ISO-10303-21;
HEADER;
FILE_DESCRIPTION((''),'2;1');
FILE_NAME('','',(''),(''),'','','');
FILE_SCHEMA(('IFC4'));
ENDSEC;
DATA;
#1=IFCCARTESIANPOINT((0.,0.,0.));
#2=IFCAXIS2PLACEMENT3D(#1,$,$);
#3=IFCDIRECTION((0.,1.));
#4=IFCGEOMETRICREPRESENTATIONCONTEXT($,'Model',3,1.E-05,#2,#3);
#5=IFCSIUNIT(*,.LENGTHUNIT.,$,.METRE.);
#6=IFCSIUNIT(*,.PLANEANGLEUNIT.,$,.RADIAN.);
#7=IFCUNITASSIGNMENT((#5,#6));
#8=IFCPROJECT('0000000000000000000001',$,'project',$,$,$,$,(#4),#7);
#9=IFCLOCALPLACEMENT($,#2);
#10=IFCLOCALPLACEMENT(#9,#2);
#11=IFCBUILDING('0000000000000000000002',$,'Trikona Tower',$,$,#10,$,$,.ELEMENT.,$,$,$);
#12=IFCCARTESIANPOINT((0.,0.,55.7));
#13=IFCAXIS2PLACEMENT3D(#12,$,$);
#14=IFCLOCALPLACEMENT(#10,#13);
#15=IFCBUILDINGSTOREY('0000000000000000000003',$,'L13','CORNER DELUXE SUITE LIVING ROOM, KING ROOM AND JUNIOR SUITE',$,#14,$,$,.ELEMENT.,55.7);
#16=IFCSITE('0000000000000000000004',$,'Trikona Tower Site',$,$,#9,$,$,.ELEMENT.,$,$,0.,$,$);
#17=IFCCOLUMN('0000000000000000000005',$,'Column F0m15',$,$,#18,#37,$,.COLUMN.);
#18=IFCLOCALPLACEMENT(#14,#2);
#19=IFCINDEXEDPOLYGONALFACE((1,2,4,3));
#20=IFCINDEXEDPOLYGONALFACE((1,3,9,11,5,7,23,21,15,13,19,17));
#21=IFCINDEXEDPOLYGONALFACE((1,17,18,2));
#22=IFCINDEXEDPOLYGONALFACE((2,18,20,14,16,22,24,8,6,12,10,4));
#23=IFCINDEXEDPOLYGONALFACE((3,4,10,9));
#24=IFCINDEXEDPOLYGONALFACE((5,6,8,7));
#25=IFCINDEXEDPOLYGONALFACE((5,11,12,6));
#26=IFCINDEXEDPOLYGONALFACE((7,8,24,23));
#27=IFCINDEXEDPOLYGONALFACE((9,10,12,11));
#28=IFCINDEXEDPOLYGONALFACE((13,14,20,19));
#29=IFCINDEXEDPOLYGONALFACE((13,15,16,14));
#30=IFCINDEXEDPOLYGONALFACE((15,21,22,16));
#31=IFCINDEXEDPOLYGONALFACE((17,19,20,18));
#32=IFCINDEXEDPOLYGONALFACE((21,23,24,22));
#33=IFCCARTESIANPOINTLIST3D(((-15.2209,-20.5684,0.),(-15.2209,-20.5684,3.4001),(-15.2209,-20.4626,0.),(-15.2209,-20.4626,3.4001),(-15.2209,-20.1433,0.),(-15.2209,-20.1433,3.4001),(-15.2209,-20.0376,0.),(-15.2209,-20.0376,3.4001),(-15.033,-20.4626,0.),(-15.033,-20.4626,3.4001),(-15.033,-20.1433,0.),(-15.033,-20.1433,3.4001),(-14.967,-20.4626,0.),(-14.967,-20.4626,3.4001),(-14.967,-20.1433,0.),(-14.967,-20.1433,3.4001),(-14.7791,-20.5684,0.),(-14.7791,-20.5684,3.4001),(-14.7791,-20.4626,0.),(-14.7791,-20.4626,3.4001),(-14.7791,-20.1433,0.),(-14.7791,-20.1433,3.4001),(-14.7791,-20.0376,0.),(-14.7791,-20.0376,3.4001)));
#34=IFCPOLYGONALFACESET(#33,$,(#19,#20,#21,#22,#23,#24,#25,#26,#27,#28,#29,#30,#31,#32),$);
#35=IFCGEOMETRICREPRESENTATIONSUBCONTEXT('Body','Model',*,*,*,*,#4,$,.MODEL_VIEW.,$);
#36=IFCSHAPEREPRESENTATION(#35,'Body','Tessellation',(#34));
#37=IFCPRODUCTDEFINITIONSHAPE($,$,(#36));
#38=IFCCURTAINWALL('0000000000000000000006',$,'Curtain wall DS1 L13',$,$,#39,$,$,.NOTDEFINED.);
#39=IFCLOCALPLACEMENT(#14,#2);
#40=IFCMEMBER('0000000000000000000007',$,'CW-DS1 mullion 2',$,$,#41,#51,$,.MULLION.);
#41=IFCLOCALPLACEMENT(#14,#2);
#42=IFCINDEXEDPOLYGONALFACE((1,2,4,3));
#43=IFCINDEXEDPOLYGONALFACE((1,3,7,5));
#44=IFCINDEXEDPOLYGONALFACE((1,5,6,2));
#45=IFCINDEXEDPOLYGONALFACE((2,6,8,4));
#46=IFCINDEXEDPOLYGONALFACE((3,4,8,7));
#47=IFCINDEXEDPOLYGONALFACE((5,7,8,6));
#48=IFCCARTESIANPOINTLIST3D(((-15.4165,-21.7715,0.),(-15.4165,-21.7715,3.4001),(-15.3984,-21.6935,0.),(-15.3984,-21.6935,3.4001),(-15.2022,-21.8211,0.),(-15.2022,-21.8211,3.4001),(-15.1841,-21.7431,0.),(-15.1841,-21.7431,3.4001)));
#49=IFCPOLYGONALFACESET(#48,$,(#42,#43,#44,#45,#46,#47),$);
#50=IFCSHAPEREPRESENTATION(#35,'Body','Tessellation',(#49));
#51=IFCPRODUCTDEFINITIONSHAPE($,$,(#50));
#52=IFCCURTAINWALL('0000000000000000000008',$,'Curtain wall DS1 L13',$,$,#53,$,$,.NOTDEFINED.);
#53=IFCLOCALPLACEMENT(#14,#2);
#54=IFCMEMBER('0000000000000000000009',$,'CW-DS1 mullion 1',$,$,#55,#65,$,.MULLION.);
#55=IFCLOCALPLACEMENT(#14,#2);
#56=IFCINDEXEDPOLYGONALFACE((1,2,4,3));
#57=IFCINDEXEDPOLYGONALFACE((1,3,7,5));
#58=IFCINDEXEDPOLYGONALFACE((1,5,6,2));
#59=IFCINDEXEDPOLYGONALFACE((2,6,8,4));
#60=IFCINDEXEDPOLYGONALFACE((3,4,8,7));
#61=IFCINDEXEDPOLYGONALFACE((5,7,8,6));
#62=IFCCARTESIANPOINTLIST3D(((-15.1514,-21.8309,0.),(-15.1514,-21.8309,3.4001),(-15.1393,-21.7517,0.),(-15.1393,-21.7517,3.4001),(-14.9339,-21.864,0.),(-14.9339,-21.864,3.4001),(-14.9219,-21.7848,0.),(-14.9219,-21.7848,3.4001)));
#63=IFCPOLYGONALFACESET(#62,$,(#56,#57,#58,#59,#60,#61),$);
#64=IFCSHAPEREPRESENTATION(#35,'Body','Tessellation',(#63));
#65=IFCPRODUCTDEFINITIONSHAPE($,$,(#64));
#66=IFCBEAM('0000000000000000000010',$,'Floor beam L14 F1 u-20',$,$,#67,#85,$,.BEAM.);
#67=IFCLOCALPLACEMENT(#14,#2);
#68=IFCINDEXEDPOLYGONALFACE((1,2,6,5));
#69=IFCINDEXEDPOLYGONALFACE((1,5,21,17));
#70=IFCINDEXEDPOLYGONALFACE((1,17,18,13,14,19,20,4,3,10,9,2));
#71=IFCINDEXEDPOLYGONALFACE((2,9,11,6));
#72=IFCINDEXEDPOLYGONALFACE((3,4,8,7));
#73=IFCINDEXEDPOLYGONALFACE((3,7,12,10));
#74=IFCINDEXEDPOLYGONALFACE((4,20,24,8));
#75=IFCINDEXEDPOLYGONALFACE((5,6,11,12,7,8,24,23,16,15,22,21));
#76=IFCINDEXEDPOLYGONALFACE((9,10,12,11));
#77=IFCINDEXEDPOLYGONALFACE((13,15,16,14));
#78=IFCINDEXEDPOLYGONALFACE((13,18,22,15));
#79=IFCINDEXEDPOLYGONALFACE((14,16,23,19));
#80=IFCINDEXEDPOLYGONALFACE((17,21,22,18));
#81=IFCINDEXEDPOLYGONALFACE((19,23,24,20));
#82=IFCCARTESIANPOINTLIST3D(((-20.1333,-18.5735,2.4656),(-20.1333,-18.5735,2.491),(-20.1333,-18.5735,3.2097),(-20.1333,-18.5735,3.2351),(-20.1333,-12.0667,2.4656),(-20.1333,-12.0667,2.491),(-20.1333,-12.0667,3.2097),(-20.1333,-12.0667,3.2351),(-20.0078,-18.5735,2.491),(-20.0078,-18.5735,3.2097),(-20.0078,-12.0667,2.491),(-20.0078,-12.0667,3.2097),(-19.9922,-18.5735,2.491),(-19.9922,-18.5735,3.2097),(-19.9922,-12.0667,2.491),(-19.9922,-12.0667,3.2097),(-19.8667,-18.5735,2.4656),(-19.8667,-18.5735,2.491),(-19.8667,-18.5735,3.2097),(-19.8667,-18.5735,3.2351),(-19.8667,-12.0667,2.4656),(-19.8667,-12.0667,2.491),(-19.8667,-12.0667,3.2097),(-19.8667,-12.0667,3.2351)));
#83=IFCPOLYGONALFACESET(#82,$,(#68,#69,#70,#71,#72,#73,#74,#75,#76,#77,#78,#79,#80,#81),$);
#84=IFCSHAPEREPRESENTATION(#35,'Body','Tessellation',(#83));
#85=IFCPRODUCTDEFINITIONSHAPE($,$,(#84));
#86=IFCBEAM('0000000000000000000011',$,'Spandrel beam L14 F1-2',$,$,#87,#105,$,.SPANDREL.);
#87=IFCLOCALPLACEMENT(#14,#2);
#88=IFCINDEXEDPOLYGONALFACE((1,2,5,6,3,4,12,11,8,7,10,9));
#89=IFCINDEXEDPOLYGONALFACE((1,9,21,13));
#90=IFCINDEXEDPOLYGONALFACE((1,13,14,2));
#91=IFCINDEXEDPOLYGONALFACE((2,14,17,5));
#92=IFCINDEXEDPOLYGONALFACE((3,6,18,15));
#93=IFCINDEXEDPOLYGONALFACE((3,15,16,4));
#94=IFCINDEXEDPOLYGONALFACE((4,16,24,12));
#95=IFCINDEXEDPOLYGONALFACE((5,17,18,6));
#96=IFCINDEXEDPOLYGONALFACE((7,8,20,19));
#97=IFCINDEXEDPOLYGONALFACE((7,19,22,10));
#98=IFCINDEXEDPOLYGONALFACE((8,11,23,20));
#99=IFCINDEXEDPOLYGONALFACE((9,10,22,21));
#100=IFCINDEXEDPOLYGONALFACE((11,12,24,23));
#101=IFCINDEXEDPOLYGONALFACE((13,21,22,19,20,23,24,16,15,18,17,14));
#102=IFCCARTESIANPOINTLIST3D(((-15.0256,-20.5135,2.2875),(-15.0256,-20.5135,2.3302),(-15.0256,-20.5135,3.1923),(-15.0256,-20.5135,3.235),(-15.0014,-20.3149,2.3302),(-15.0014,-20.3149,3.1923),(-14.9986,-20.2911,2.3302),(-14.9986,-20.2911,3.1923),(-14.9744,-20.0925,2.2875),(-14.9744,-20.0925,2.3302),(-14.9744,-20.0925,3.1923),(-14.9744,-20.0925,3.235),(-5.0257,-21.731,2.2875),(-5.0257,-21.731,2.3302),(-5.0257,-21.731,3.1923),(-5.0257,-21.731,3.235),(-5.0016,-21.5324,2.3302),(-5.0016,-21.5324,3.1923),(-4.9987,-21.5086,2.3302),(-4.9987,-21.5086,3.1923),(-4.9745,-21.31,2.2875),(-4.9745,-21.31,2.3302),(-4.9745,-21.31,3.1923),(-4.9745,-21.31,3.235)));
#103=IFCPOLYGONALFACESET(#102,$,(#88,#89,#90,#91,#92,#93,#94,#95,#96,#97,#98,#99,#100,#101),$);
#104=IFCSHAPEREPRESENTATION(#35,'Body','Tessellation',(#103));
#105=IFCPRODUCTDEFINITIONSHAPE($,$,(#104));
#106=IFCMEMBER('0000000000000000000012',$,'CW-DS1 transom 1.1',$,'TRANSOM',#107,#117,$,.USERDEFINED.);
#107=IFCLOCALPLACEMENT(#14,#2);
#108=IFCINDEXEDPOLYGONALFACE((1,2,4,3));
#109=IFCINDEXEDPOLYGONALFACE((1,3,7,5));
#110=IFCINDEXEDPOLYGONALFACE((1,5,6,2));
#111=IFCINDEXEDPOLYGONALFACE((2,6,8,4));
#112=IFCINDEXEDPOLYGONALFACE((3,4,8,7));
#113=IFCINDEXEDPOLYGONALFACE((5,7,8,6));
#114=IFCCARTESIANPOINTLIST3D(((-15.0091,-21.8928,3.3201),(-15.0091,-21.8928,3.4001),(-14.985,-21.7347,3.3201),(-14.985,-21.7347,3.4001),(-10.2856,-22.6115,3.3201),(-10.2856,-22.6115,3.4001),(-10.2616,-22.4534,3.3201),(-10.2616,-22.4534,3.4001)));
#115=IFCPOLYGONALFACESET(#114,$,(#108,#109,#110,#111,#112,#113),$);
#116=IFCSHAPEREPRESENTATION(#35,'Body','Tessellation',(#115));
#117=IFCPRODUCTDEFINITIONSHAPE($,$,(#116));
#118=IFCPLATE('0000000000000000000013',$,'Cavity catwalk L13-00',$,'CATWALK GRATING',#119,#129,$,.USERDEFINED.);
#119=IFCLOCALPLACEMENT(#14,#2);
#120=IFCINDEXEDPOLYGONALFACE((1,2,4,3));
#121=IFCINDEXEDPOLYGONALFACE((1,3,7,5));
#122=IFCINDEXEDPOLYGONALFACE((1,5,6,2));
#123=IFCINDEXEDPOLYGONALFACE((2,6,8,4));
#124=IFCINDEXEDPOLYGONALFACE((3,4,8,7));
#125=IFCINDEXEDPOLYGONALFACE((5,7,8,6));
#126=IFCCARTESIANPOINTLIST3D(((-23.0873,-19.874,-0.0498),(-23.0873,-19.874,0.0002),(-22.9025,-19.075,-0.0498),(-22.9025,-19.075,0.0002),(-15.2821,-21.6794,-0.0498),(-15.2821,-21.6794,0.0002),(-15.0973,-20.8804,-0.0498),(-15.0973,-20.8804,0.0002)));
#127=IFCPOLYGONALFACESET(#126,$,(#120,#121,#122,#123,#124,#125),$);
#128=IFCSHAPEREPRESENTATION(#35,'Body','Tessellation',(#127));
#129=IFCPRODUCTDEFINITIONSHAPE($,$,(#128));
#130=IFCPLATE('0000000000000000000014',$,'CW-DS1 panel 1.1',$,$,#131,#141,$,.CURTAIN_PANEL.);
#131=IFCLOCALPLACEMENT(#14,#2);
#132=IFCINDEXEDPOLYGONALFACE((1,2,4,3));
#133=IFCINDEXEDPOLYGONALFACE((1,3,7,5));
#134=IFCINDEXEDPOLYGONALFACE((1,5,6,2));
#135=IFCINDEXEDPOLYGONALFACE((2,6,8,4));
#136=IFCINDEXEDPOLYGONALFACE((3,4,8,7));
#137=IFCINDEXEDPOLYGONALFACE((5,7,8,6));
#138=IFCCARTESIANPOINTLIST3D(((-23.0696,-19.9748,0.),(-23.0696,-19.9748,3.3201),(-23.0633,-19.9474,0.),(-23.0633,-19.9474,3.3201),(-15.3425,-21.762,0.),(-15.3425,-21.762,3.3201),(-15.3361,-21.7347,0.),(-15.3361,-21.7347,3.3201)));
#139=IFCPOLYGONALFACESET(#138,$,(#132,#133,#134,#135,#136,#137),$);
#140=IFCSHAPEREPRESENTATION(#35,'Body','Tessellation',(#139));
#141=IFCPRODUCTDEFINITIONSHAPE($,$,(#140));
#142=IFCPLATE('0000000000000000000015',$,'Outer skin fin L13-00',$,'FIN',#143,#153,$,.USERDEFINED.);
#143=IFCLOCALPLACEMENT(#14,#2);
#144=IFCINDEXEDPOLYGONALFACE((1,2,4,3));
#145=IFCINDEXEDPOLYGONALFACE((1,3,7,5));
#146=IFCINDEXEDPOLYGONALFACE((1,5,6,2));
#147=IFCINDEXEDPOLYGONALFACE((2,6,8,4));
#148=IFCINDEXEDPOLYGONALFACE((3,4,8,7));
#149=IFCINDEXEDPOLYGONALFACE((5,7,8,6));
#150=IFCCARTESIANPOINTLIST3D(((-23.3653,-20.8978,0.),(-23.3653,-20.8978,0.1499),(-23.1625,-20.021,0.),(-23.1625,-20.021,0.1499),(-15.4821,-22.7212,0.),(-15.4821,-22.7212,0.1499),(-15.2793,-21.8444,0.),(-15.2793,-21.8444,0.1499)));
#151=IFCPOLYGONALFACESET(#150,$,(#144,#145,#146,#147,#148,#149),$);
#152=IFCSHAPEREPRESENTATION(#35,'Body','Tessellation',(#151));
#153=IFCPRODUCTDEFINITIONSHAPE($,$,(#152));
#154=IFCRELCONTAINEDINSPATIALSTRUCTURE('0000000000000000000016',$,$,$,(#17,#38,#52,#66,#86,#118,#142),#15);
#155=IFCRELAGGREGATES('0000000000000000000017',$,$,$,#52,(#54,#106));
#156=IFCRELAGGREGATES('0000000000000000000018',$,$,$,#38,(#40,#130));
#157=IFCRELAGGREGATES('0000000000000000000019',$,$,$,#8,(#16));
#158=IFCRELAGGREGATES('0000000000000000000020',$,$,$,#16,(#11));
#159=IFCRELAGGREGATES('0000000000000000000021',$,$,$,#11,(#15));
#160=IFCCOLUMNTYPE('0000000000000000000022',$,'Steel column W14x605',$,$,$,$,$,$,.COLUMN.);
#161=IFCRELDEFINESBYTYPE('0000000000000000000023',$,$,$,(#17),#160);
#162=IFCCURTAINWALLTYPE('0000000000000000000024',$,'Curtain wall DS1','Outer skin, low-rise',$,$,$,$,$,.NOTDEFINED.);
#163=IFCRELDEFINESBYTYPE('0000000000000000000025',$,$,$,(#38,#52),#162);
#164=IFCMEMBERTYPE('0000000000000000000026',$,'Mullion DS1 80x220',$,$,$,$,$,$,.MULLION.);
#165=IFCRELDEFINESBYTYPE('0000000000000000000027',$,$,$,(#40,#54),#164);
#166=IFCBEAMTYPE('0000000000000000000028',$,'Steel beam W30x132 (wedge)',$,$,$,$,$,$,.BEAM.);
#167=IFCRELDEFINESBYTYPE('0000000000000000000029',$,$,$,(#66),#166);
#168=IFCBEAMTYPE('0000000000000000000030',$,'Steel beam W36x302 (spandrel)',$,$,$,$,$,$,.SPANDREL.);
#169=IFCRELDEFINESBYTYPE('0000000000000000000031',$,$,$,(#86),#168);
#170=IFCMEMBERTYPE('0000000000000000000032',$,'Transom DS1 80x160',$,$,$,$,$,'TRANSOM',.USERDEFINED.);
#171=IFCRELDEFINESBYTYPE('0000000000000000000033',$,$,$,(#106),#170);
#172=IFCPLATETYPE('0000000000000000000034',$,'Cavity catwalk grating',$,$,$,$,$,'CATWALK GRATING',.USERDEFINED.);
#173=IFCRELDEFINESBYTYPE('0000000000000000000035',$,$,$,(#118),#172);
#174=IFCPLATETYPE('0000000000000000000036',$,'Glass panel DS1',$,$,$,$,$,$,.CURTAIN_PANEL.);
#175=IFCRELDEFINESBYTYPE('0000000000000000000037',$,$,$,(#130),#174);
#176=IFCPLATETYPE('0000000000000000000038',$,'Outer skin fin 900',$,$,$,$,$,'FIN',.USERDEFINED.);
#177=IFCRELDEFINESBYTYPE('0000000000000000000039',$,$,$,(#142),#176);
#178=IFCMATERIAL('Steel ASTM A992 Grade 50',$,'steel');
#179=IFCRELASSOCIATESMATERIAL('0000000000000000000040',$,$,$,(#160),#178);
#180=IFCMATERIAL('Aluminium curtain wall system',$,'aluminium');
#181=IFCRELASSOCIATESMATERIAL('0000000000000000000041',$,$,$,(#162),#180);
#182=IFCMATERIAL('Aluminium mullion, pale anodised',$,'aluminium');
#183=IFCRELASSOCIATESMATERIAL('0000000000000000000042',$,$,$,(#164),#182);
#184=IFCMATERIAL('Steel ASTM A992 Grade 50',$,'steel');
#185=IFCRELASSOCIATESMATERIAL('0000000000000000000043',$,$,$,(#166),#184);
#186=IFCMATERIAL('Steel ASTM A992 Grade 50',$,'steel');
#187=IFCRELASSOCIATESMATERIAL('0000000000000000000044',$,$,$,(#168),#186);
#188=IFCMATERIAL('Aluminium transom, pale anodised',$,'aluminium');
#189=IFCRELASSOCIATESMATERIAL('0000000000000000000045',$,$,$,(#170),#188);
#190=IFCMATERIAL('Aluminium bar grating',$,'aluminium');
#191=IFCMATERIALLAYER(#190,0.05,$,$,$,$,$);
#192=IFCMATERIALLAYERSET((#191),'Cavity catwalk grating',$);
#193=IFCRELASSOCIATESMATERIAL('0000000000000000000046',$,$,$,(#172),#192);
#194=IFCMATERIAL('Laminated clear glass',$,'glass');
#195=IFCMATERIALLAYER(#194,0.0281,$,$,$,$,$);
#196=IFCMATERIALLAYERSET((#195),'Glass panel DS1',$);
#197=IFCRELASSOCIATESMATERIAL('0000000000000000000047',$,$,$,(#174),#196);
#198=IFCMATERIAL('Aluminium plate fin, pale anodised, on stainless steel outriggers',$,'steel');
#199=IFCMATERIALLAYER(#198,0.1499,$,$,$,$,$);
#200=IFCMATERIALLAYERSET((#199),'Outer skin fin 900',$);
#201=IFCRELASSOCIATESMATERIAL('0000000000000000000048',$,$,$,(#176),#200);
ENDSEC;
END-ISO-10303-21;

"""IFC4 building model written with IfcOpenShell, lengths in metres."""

from ifc_helpers import new_model, si_unit, direction, frame, origin, origin_2d, place, context, subcontext, project, spatial, rectangle, i_section, extrude, material, layer, layer_set, material_profile, profile_set, type_object, element, aggregate, save


model = new_model("IFC4")

# Units and contexts
model_context = context("Model", 3, precision=1e-05, world=origin(), true_north=direction((0.0, 1.0)))
body_context = subcontext(model_context, "Body", "Model", "MODEL_VIEW")
ifc_project = project(units=[si_unit("LENGTHUNIT", "METRE"), si_unit("PLANEANGLEUNIT", "RADIAN")], contexts=[model_context])

# Site, building, storey
site_placement = place(None, origin())
site = spatial("IfcSite", under=ifc_project, at=site_placement, Name="Trikona Tower Site", CompositionType="ELEMENT", RefElevation=0.0)
building_placement = place(site_placement, origin())
building = spatial("IfcBuilding", under=site, at=building_placement, Name="Trikona Tower", CompositionType="ELEMENT")
storey_placement = place(building_placement, frame((0.0, 0.0, 55.7)))
storey = spatial("IfcBuildingStorey", under=building, at=storey_placement, Name="L13", Description="CORNER DELUXE SUITE LIVING ROOM, KING ROOM AND JUNIOR SUITE", CompositionType="ELEMENT", Elevation=55.7)

# Column
ifc_material_1 = material(Name="Steel ASTM A992 Grade 50", Category="steel")
ifc_material_profile_1 = material_profile(ifc_material_1, i_section(OverallWidth=0.4419, OverallDepth=0.5308, WebThickness=0.0659, FlangeThickness=0.1057, at=origin_2d()), Name="W14X605")
ifc_profile_set_1 = profile_set([ifc_material_profile_1], Name="Steel ASTM A992 Grade 50")
column_type = type_object("IfcColumnType", Name="Steel column W14x605", PredefinedType="COLUMN", material=ifc_profile_set_1)
column_placement = place(storey_placement, frame((-15.0, -20.303, 0.0), z_axis=(0.0, 0.0, 1.0), x_axis=(1.0, 0.0, 0.0)))
element("IfcColumn", 1, at=column_placement, inside=storey, type_object=column_type, Name="Column F0m15", PredefinedType="COLUMN", context=body_context, shape_type="SweptSolid", body=[
    extrude(i_section(OverallWidth=0.4419, OverallDepth=0.5308, WebThickness=0.0659, FlangeThickness=0.1057, at=origin_2d()), origin(), (0.0, 0.0, 1.0), 3.4001),
])

# Curtain walls, members
ifc_material_2 = material(Name="Aluminium curtain wall system", Category="aluminium")
curtain_wall_type = type_object("IfcCurtainWallType", Name="Curtain wall DS1", Description="Outer skin, low-rise", PredefinedType="NOTDEFINED", material=ifc_material_2)
curtain_wall_1_placement = place(storey_placement, origin())
curtain_wall_1 = element("IfcCurtainWall", 2, at=curtain_wall_1_placement, inside=storey, type_object=curtain_wall_type, Name="Curtain wall DS1 L13", PredefinedType="NOTDEFINED")
ifc_material_3 = material(Name="Aluminium mullion, pale anodised", Category="aluminium")
ifc_material_profile_2 = material_profile(ifc_material_3, rectangle(XDim=0.0801, YDim=0.22, at=origin_2d()), Name="MUL-DS1")
ifc_profile_set_2 = profile_set([ifc_material_profile_2], Name="Aluminium mullion, pale anodised")
member_type_1 = type_object("IfcMemberType", Name="Mullion DS1 80x220", PredefinedType="MULLION", material=ifc_profile_set_2)
member_1_placement = place(storey_placement, frame((-15.3003, -21.7573, 0.0), z_axis=(0.0, 0.0, 1.0), x_axis=(0.225343, 0.974279, 0.0)))
member_1 = element("IfcMember", 3, at=member_1_placement, type_object=member_type_1, Name="CW-DS1 mullion 2", PredefinedType="MULLION", context=body_context, shape_type="SweptSolid", body=[
    extrude(rectangle(XDim=0.0801, YDim=0.22, at=origin_2d()), origin(), (0.0, 0.0, 1.0), 3.4001),
])
curtain_wall_2_placement = place(storey_placement, origin())
curtain_wall_2 = element("IfcCurtainWall", 4, at=curtain_wall_2_placement, inside=storey, type_object=curtain_wall_type, Name="Curtain wall DS1 L13", PredefinedType="NOTDEFINED")
member_2_placement = place(storey_placement, frame((-15.0366, -21.8079, 0.0), z_axis=(0.0, 0.0, 1.0), x_axis=(0.150438, 0.988619, 0.0)))
member_2 = element("IfcMember", 5, at=member_2_placement, type_object=member_type_1, Name="CW-DS1 mullion 1", PredefinedType="MULLION", context=body_context, shape_type="SweptSolid", body=[
    extrude(rectangle(XDim=0.0801, YDim=0.22, at=origin_2d()), origin(), (0.0, 0.0, 1.0), 3.4001),
])

# Beams
ifc_material_4 = material(Name="Steel ASTM A992 Grade 50", Category="steel")
ifc_material_profile_3 = material_profile(ifc_material_4, i_section(OverallWidth=0.2666, OverallDepth=0.7695, WebThickness=0.0156, FlangeThickness=0.0254, at=origin_2d()), Name="W30X132")
ifc_profile_set_3 = profile_set([ifc_material_profile_3], Name="Steel ASTM A992 Grade 50")
beam_type_1 = type_object("IfcBeamType", Name="Steel beam W30x132 (wedge)", PredefinedType="BEAM", material=ifc_profile_set_3)
beam_1_placement = place(storey_placement, frame((-20.0, -12.0667, 2.8503), z_axis=(0.0, -1.0, 0.0), x_axis=(1.0, 0.0, 0.0)))
element("IfcBeam", 6, at=beam_1_placement, inside=storey, type_object=beam_type_1, Name="Floor beam L14 F1 u-20", PredefinedType="BEAM", context=body_context, shape_type="SweptSolid", body=[
    extrude(i_section(OverallWidth=0.2666, OverallDepth=0.7695, WebThickness=0.0156, FlangeThickness=0.0254, at=origin_2d()), origin(), (0.0, 0.0, 1.0), 6.5068),
])
ifc_material_5 = material(Name="Steel ASTM A992 Grade 50", Category="steel")
ifc_material_profile_4 = material_profile(ifc_material_5, i_section(OverallWidth=0.4241, OverallDepth=0.9475, WebThickness=0.0239, FlangeThickness=0.0427, at=origin_2d()), Name="W36X302")
ifc_profile_set_4 = profile_set([ifc_material_profile_4], Name="Steel ASTM A992 Grade 50")
beam_type_2 = type_object("IfcBeamType", Name="Steel beam W36x302 (spandrel)", PredefinedType="SPANDREL", material=ifc_profile_set_4)
beam_2_placement = place(storey_placement, frame((-15.0, -20.303, 2.7612), z_axis=(0.99267, -0.12086, 0.0), x_axis=(0.12086, 0.99267, 0.0)))
element("IfcBeam", 7, at=beam_2_placement, inside=storey, type_object=beam_type_2, Name="Spandrel beam L14 F1-2", PredefinedType="SPANDREL", context=body_context, shape_type="SweptSolid", body=[
    extrude(i_section(OverallWidth=0.4241, OverallDepth=0.9475, WebThickness=0.0239, FlangeThickness=0.0427, at=origin_2d()), origin(), (0.0, 0.0, 1.0), 10.0737),
])

# Member
ifc_material_6 = material(Name="Aluminium transom, pale anodised", Category="aluminium")
ifc_material_profile_5 = material_profile(ifc_material_6, rectangle(XDim=0.1599, YDim=0.0801, at=origin_2d()), Name="TRN-DS1")
ifc_profile_set_5 = profile_set([ifc_material_profile_5], Name="Aluminium transom, pale anodised")
member_type_2 = type_object("IfcMemberType", Name="Transom DS1 80x160", ElementType="TRANSOM", PredefinedType="USERDEFINED", material=ifc_profile_set_5)
member_3_placement = place(storey_placement, frame((-14.9971, -21.8137, 3.3601), z_axis=(0.98862, -0.150437, 0.0), x_axis=(0.150437, 0.98862, 0.0)))
member_3 = element("IfcMember", 8, at=member_3_placement, type_object=member_type_2, Name="CW-DS1 transom 1.1", ObjectType="TRANSOM", PredefinedType="USERDEFINED", context=body_context, shape_type="SweptSolid", body=[
    extrude(rectangle(XDim=0.1599, YDim=0.0801, at=origin_2d()), origin(), (0.0, 0.0, 1.0), 4.7778),
])
aggregate(curtain_wall_2, [member_2, member_3])

# Plates
ifc_material_7 = material(Name="Aluminium bar grating", Category="aluminium")
ifc_layer_1 = layer(ifc_material_7, 0.05)
ifc_layer_set_1 = layer_set([ifc_layer_1], Name="Cavity catwalk grating")
plate_type_1 = type_object("IfcPlateType", Name="Cavity catwalk grating", ElementType="CATWALK GRATING", PredefinedType="USERDEFINED", material=ifc_layer_set_1)
plate_1_placement = place(storey_placement, frame((-19.0923, -20.3772, -0.0498), z_axis=(0.0, 0.0, 1.0), x_axis=(0.974278, -0.225351, 0.0)))
element("IfcPlate", 9, at=plate_1_placement, inside=storey, type_object=plate_type_1, Name="Cavity catwalk L13-00", ObjectType="CATWALK GRATING", PredefinedType="USERDEFINED", context=body_context, shape_type="SweptSolid", body=[
    extrude(rectangle(XDim=8.0112, YDim=0.8201, at=origin_2d()), origin(), (0.0, 0.0, 1.0), 0.05),
])
ifc_material_8 = material(Name="Laminated clear glass", Category="glass")
ifc_layer_2 = layer(ifc_material_8, 0.0281)
ifc_layer_set_2 = layer_set([ifc_layer_2], Name="Glass panel DS1")
plate_type_2 = type_object("IfcPlateType", Name="Glass panel DS1", PredefinedType="CURTAIN_PANEL", material=ifc_layer_set_2)
plate_2_placement = place(storey_placement, frame((-19.2029, -20.8547, 0.0), z_axis=(0.0, 0.0, 1.0), x_axis=(0.974279, -0.225343, 0.0)))
plate_2 = element("IfcPlate", 10, at=plate_2_placement, type_object=plate_type_2, Name="CW-DS1 panel 1.1", PredefinedType="CURTAIN_PANEL", context=body_context, shape_type="SweptSolid", body=[
    extrude(rectangle(XDim=7.9312, YDim=0.0281, at=origin_2d()), origin(), (0.0, 0.0, 1.0), 3.3201),
])
aggregate(curtain_wall_1, [member_1, plate_2])
ifc_material_9 = material(Name="Aluminium plate fin, pale anodised, on stainless steel outriggers", Category="steel")
ifc_layer_3 = layer(ifc_material_9, 0.1499)
ifc_layer_set_3 = layer_set([ifc_layer_3], Name="Outer skin fin 900")
plate_type_3 = type_object("IfcPlateType", Name="Outer skin fin 900", ElementType="FIN", PredefinedType="USERDEFINED", material=ifc_layer_set_3)
plate_3_placement = place(storey_placement, frame((-19.3223, -21.3711, 0.0), z_axis=(0.0, 0.0, 1.0), x_axis=(0.974278, -0.225351, 0.0)))
element("IfcPlate", 11, at=plate_3_placement, inside=storey, type_object=plate_type_3, Name="Outer skin fin L13-00", ObjectType="FIN", PredefinedType="USERDEFINED", context=body_context, shape_type="SweptSolid", body=[
    extrude(rectangle(XDim=8.0913, YDim=0.8999, at=origin_2d()), origin(), (0.0, 0.0, 1.0), 0.1499),
])

save(model, "model.ifc")
